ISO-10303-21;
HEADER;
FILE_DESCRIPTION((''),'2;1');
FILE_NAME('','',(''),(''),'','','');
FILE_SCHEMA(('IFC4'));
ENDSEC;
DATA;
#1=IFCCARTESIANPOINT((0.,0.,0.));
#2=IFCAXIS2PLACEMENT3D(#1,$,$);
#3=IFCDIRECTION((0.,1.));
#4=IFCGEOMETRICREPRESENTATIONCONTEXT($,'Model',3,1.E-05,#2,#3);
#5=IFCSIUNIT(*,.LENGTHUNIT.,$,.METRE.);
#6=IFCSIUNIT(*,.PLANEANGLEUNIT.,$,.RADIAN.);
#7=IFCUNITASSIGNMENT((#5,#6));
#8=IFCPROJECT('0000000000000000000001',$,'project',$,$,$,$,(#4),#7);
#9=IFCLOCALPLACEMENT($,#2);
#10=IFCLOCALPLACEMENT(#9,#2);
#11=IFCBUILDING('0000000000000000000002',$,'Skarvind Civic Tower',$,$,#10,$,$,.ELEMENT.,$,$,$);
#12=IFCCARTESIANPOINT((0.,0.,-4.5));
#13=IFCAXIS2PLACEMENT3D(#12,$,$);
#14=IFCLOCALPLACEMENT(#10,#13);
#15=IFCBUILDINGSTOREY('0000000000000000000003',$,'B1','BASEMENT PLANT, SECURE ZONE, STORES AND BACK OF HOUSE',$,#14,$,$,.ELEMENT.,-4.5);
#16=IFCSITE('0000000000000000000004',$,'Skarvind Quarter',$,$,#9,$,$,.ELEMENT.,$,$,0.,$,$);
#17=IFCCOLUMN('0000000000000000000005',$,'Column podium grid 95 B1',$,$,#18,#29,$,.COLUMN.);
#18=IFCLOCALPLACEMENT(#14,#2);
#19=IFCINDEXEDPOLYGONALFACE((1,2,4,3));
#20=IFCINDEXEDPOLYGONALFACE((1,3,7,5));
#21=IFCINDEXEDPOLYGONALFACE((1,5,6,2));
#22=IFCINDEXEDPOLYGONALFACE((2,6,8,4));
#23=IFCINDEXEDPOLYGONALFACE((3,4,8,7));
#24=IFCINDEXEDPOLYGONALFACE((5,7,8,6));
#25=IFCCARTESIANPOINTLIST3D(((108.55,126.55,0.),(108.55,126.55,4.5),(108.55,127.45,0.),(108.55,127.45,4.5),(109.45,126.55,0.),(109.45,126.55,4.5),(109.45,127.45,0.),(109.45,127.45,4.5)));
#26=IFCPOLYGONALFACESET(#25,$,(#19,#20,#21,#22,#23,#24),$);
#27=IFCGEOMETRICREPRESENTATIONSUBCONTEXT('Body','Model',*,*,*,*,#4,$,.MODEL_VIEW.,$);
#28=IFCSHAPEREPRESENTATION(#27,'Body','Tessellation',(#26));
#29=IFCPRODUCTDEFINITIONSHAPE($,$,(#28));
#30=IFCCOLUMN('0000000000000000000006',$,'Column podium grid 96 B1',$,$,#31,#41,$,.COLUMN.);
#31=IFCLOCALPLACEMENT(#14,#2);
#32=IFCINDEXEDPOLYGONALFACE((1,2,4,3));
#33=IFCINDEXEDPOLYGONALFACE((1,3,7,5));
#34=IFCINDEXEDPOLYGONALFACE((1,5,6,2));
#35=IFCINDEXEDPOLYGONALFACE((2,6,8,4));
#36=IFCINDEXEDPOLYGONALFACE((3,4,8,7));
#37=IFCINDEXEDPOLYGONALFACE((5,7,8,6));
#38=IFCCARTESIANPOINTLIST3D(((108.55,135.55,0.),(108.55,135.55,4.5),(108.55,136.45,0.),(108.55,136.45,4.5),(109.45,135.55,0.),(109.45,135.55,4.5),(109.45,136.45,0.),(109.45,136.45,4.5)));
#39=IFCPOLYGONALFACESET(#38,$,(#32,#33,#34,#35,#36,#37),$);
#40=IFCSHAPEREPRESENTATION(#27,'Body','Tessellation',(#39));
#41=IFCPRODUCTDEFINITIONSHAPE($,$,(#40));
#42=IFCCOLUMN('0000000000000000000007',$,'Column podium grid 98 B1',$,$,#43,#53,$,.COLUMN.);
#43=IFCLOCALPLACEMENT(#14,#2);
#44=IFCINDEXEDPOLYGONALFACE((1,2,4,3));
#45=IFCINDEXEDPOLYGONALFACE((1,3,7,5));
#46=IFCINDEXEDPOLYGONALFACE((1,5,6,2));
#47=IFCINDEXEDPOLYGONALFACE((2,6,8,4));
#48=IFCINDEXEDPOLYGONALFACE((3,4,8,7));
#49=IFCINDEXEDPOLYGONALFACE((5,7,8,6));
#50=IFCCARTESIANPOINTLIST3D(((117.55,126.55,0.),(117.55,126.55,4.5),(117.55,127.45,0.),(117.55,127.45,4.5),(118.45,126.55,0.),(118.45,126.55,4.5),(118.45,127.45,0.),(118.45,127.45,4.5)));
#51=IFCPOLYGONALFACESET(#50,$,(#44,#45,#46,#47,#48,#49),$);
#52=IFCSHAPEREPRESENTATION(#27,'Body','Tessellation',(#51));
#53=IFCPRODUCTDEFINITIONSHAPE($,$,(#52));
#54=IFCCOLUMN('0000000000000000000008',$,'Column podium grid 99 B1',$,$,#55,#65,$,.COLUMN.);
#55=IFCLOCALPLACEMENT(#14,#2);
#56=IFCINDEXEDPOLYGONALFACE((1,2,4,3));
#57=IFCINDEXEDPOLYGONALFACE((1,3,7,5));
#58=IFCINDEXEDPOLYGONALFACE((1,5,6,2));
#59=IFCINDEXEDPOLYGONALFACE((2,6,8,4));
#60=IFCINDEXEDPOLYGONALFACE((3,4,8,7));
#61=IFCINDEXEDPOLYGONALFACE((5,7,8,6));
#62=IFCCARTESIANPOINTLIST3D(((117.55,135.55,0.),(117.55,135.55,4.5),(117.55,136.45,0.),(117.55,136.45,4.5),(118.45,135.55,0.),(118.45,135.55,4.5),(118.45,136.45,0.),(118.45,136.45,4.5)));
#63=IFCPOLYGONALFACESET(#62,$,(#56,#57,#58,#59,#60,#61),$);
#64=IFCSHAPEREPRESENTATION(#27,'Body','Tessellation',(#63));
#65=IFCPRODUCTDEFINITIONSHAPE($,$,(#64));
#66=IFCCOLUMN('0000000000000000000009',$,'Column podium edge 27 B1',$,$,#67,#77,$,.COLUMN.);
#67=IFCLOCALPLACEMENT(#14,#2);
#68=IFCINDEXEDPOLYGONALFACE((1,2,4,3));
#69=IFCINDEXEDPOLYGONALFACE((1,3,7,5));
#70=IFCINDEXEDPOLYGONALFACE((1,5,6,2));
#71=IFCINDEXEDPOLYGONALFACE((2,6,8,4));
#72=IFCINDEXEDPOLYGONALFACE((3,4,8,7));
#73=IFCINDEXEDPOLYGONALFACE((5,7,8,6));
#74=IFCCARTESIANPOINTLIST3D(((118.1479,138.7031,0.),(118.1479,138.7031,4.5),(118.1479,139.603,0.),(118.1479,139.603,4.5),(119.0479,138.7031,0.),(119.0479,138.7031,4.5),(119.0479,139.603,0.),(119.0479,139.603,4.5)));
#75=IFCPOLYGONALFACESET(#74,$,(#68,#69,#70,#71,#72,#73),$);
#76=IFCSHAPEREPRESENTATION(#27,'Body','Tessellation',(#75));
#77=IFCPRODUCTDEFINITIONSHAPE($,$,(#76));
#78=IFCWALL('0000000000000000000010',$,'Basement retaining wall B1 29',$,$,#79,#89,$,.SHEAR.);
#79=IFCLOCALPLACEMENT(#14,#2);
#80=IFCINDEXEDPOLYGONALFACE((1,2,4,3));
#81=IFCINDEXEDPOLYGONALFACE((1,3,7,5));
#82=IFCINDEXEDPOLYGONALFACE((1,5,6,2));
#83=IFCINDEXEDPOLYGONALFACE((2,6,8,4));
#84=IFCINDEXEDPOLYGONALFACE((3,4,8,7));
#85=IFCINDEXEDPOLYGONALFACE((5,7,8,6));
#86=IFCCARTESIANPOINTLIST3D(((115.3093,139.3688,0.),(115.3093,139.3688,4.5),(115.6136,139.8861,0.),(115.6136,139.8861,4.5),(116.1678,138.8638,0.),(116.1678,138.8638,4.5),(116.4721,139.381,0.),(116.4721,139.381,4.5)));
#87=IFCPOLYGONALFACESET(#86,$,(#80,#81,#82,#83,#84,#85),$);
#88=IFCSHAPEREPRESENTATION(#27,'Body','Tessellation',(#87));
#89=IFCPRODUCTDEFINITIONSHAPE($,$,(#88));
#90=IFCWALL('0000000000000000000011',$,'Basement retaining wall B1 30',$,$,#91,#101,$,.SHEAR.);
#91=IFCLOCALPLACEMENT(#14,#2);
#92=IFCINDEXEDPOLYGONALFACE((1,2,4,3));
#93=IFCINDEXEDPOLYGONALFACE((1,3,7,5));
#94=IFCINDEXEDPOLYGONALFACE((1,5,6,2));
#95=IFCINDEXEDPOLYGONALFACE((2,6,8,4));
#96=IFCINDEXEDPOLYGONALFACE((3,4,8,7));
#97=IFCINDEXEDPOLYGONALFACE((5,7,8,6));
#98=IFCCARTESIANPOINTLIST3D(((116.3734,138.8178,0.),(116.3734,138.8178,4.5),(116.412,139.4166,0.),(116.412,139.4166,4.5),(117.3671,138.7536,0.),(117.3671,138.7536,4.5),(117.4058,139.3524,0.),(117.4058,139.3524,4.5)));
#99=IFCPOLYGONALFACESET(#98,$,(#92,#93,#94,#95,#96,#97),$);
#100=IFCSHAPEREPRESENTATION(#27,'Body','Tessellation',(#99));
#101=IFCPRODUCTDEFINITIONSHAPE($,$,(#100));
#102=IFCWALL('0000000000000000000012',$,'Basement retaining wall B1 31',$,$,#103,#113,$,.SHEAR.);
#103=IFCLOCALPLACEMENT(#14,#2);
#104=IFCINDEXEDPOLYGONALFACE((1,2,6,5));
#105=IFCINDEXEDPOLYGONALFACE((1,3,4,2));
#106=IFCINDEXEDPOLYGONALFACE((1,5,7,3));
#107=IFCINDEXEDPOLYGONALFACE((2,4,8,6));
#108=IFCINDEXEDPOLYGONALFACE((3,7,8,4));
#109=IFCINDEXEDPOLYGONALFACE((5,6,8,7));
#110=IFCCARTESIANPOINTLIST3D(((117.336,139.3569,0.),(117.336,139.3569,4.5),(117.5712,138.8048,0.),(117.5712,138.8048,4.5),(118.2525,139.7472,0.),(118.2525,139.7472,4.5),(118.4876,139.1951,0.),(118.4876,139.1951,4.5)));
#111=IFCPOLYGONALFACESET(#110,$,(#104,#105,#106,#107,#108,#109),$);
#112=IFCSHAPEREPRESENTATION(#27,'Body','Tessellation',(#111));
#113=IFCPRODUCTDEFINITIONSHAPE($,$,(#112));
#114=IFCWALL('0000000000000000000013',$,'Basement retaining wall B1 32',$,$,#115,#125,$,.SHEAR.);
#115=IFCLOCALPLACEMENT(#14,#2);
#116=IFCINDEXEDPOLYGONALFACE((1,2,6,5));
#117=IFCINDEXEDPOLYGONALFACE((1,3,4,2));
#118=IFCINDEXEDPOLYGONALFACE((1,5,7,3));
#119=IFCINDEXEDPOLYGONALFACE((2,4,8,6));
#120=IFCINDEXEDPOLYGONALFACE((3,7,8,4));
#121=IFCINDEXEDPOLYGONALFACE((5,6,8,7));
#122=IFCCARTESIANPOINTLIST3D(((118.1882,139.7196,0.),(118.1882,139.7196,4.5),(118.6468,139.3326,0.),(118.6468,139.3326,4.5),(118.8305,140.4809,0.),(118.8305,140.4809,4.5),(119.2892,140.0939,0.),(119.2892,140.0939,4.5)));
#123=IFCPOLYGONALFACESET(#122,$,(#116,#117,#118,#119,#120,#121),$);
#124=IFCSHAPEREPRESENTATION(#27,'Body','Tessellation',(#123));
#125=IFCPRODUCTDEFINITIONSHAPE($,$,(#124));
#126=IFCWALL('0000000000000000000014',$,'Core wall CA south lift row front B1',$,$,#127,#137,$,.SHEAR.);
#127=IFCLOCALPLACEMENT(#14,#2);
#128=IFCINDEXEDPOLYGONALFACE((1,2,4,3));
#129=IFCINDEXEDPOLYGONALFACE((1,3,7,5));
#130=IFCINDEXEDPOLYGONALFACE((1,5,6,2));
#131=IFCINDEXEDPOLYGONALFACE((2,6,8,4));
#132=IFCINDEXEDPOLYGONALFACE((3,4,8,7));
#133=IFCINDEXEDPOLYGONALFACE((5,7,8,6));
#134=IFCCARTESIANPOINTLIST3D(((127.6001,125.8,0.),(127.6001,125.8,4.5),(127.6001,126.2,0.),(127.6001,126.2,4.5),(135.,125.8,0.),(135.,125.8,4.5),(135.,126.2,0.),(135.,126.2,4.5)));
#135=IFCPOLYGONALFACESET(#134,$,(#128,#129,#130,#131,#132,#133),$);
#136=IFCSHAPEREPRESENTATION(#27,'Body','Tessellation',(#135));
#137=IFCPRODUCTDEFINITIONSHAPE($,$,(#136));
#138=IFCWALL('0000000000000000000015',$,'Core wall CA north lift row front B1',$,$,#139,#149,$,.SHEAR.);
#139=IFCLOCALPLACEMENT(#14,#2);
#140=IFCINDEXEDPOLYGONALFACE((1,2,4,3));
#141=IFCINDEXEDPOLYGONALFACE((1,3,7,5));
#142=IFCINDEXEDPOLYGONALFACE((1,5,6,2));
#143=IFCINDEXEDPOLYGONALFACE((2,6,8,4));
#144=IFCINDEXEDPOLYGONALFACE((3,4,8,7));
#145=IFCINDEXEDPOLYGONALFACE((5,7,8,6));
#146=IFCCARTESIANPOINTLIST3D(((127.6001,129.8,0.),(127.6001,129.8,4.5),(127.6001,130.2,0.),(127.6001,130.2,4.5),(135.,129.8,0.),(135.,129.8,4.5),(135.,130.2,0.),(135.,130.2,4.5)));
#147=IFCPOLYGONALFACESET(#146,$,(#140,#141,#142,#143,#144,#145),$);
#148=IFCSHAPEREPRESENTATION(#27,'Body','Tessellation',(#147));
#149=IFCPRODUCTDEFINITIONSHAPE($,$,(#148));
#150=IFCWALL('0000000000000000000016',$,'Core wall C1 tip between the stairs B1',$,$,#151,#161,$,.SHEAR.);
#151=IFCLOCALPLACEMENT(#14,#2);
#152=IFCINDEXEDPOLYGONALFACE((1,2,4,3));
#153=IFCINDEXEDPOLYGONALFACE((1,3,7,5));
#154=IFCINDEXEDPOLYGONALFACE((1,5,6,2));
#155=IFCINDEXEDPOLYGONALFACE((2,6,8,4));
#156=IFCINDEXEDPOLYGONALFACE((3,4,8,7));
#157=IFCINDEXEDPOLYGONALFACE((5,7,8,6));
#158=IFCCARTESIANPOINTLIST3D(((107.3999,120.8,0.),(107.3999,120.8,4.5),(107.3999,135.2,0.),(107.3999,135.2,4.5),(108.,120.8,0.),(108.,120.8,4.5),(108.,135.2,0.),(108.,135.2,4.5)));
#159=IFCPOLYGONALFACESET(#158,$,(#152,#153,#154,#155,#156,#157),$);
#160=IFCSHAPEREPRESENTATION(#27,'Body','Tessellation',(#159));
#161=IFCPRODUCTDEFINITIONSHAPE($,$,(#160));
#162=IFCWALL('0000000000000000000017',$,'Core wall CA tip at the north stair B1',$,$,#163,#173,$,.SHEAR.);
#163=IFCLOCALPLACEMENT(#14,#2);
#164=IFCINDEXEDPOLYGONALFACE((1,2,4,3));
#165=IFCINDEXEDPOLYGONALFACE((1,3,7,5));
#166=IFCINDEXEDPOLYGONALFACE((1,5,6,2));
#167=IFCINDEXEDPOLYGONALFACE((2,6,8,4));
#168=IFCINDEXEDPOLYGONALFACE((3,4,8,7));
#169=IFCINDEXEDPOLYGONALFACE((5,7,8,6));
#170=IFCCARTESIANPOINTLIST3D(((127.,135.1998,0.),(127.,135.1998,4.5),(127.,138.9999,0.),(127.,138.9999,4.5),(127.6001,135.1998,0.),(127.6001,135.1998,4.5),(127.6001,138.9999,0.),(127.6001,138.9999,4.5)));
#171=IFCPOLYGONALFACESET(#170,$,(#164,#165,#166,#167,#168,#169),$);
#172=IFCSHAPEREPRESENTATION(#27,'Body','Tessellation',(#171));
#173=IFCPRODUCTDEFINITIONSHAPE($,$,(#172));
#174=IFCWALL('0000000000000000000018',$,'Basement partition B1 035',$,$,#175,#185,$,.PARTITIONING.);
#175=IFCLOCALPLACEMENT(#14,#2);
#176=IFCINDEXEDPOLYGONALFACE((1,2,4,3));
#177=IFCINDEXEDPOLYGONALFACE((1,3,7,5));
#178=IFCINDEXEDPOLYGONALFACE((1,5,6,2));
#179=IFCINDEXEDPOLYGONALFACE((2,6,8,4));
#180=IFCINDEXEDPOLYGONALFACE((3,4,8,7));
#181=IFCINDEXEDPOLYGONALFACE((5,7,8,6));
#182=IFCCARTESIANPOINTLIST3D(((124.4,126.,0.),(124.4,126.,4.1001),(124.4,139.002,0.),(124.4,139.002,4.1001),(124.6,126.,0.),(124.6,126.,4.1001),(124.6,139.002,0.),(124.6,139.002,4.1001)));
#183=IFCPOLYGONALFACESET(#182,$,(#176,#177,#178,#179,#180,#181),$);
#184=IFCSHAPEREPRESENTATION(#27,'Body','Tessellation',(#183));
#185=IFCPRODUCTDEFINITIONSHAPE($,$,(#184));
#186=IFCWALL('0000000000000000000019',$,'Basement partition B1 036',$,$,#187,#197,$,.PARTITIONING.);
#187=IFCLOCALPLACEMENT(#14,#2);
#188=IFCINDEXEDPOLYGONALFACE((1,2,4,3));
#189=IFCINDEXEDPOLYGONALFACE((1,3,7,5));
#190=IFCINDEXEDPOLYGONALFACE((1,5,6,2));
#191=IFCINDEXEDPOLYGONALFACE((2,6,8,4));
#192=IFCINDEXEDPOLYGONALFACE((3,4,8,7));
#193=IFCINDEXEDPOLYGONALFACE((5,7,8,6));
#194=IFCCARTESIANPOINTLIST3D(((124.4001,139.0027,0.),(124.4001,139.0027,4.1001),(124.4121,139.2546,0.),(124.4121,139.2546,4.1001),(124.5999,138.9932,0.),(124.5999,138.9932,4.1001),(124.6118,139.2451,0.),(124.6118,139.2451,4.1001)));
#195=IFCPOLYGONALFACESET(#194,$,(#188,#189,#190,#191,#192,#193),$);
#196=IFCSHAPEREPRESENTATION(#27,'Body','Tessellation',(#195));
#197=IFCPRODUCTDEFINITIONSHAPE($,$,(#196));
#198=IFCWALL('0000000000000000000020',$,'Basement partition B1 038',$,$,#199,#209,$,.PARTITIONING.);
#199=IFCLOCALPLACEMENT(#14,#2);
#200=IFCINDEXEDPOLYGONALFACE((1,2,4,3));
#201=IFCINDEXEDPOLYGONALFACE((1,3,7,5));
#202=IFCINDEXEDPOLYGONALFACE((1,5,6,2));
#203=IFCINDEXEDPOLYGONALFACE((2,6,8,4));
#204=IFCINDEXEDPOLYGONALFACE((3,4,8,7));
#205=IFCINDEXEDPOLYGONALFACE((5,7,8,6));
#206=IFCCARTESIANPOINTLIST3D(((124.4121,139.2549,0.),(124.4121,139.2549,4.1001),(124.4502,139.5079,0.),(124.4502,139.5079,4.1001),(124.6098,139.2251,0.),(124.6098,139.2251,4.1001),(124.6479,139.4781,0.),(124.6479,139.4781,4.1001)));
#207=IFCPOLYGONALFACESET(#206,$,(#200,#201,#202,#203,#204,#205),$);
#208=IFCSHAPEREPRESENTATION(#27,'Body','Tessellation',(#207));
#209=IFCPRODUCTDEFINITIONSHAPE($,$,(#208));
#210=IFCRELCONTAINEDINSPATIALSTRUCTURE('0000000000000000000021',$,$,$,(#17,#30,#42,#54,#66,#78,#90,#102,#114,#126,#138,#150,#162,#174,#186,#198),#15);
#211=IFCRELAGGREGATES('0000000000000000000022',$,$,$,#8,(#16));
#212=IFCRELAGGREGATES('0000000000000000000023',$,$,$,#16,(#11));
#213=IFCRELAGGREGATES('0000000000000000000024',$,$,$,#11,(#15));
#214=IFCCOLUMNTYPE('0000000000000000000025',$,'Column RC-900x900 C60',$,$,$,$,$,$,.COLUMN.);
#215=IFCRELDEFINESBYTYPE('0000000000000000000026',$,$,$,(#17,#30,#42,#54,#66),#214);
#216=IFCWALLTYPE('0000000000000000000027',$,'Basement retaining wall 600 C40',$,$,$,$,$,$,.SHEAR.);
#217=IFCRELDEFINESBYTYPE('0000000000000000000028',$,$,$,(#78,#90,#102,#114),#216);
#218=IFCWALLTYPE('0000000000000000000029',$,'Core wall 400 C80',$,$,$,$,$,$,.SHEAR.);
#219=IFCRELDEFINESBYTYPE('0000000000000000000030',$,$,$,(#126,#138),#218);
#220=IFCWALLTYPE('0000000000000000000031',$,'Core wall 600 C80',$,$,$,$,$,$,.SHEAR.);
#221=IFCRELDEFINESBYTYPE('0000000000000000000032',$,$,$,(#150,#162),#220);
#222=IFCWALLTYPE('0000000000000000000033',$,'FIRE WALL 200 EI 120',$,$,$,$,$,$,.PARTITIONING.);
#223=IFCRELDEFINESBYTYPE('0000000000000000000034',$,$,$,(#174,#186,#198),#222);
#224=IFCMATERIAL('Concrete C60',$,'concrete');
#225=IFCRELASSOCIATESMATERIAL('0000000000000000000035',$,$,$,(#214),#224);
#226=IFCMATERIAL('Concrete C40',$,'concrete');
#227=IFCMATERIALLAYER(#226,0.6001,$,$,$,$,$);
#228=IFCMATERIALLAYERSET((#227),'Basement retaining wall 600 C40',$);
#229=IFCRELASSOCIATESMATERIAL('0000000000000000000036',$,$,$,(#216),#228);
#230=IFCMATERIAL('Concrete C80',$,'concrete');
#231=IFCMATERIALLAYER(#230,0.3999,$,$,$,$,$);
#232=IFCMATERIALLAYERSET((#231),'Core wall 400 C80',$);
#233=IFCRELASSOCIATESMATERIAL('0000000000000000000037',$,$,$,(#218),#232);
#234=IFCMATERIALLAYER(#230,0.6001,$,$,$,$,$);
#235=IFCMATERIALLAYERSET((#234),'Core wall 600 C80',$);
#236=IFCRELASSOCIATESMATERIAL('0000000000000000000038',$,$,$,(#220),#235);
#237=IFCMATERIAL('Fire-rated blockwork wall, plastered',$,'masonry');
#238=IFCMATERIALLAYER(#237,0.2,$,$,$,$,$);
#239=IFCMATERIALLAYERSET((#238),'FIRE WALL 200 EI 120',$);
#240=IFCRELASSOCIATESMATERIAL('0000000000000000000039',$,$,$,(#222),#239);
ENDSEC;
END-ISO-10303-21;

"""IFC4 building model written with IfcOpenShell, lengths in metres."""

from ifc_helpers import new_model, si_unit, direction, frame, frame_2d, origin, origin_2d, place, context, subcontext, project, spatial, rectangle, extrude, material, layer, layer_set, material_profile, profile_set, type_object, element, save


model = new_model("IFC4")

# Units and contexts
model_context = context("Model", 3, precision=1e-05, world=origin(), true_north=direction((0.0, 1.0)))
body_context = subcontext(model_context, "Body", "Model", "MODEL_VIEW")
ifc_project = project(units=[si_unit("LENGTHUNIT", "METRE"), si_unit("PLANEANGLEUNIT", "RADIAN")], contexts=[model_context])

# Site, building, storey
site_placement = place(None, origin())
site = spatial("IfcSite", under=ifc_project, at=site_placement, Name="Skarvind Quarter", CompositionType="ELEMENT", RefElevation=0.0)
building_placement = place(site_placement, origin())
building = spatial("IfcBuilding", under=site, at=building_placement, Name="Skarvind Civic Tower", CompositionType="ELEMENT")
storey_placement = place(building_placement, frame((0.0, 0.0, -4.5)))
storey = spatial("IfcBuildingStorey", under=building, at=storey_placement, Name="B1", Description="BASEMENT PLANT, SECURE ZONE, STORES AND BACK OF HOUSE", CompositionType="ELEMENT", Elevation=-4.5)

# Columns
ifc_material_1 = material(Name="Concrete C60", Category="concrete")
ifc_material_profile = material_profile(ifc_material_1, rectangle(XDim=0.8999, YDim=0.8999, at=origin_2d()), Name="RC-900x900")
ifc_profile_set = profile_set([ifc_material_profile], Name="Concrete C60")
column_type = type_object("IfcColumnType", Name="Column RC-900x900 C60", PredefinedType="COLUMN", material=ifc_profile_set)
for number, where, z_axis, x_axis, name in (
    (1, (109.0, 127.0, 0.0), (0.0, 0.0, 1.0), (1.0, 0.0, 0.0), "Column podium grid 95 B1"),
    (2, (109.0, 136.0, 0.0), (0.0, 0.0, 1.0), (1.0, 0.0, 0.0), "Column podium grid 96 B1"),
    (3, (118.0, 127.0, 0.0), (0.0, 0.0, 1.0), (1.0, 0.0, 0.0), "Column podium grid 98 B1"),
    (4, (118.0, 136.0, 0.0), (0.0, 0.0, 1.0), (1.0, 0.0, 0.0), "Column podium grid 99 B1"),
    (5, (118.5979, 139.1531, 0.0), (0.0, 0.0, 1.0), (1.0, 0.0, 0.0), "Column podium edge 27 B1"),
):
    element("IfcColumn", number, at=place(storey_placement, frame(where, z_axis=z_axis, x_axis=x_axis)), inside=storey, type_object=column_type, Name=name, PredefinedType="COLUMN", context=body_context, shape_type="SweptSolid", body=[
        extrude(rectangle(XDim=0.8999, YDim=0.8999, at=origin_2d()), origin(), (0.0, 0.0, 1.0), 4.5),
    ])

# Walls
ifc_material_2 = material(Name="Concrete C40", Category="concrete")
ifc_layer_1 = layer(ifc_material_2, 0.6001)
ifc_layer_set_1 = layer_set([ifc_layer_1], Name="Basement retaining wall 600 C40")
wall_type_1 = type_object("IfcWallType", Name="Basement retaining wall 600 C40", PredefinedType="SHEAR", material=ifc_layer_set_1)
wall_1_placement = place(storey_placement, frame((115.4614, 139.6274, 0.0), z_axis=(0.0, 0.0, 1.0), x_axis=(0.861915, -0.507052, 0.0)))
element("IfcWall", 6, at=wall_1_placement, inside=storey, type_object=wall_type_1, Name="Basement retaining wall B1 29", PredefinedType="SHEAR", context=body_context, shape_type="SweptSolid", body=[
    extrude(rectangle(XDim=0.9961, YDim=0.6001, at=frame_2d((0.498, 0.0))), origin(), (0.0, 0.0, 1.0), 4.5),
])
wall_2_placement = place(storey_placement, frame((116.3926, 139.1172, 0.0), z_axis=(0.0, 0.0, 1.0), x_axis=(0.99792, -0.064469, 0.0)))
element("IfcWall", 7, at=wall_2_placement, inside=storey, type_object=wall_type_1, Name="Basement retaining wall B1 30", PredefinedType="SHEAR", context=body_context, shape_type="SweptSolid", body=[
    extrude(rectangle(XDim=0.9958, YDim=0.6001, at=frame_2d((0.498, 0.0))), origin(), (0.0, 0.0, 1.0), 4.5),
])
for number, where, z_axis, x_axis, name in (
    (8, (117.4536, 139.0808, 0.0), (0.0, 0.0, 1.0), (0.920017, 0.391877, 0.0), "Basement retaining wall B1 31"),
    (9, (118.4175, 139.5261, 0.0), (0.0, 0.0, 1.0), (0.644898, 0.764269, 0.0), "Basement retaining wall B1 32"),
):
    element("IfcWall", number, at=place(storey_placement, frame(where, z_axis=z_axis, x_axis=x_axis)), inside=storey, type_object=wall_type_1, Name=name, PredefinedType="SHEAR", context=body_context, shape_type="SweptSolid", body=[
        extrude(rectangle(XDim=0.9961, YDim=0.6001, at=frame_2d((0.498, 0.0))), origin(), (0.0, 0.0, 1.0), 4.5),
    ])
ifc_material_3 = material(Name="Concrete C80", Category="concrete")
ifc_layer_2 = layer(ifc_material_3, 0.3999)
ifc_layer_set_2 = layer_set([ifc_layer_2], Name="Core wall 400 C80")
wall_type_2 = type_object("IfcWallType", Name="Core wall 400 C80", PredefinedType="SHEAR", material=ifc_layer_set_2)
for number, where, z_axis, x_axis, name in (
    (10, (127.6001, 126.0, 0.0), (0.0, 0.0, 1.0), (1.0, 0.0, 0.0), "Core wall CA south lift row front B1"),
    (11, (127.6001, 130.0, 0.0), (0.0, 0.0, 1.0), (1.0, 0.0, 0.0), "Core wall CA north lift row front B1"),
):
    element("IfcWall", number, at=place(storey_placement, frame(where, z_axis=z_axis, x_axis=x_axis)), inside=storey, type_object=wall_type_2, Name=name, PredefinedType="SHEAR", context=body_context, shape_type="SweptSolid", body=[
        extrude(rectangle(XDim=7.3999, YDim=0.3999, at=frame_2d((3.7, 0.0))), origin(), (0.0, 0.0, 1.0), 4.5),
    ])
ifc_layer_3 = layer(ifc_material_3, 0.6001)
ifc_layer_set_3 = layer_set([ifc_layer_3], Name="Core wall 600 C80")
wall_type_3 = type_object("IfcWallType", Name="Core wall 600 C80", PredefinedType="SHEAR", material=ifc_layer_set_3)
wall_3_placement = place(storey_placement, frame((107.7, 135.2, 0.0), z_axis=(0.0, 0.0, 1.0), x_axis=(0.0, -1.0, 0.0)))
element("IfcWall", 12, at=wall_3_placement, inside=storey, type_object=wall_type_3, Name="Core wall C1 tip between the stairs B1", PredefinedType="SHEAR", context=body_context, shape_type="SweptSolid", body=[
    extrude(rectangle(XDim=14.3999, YDim=0.6001, at=frame_2d((7.2, 0.0))), origin(), (0.0, 0.0, 1.0), 4.5),
])
wall_4_placement = place(storey_placement, frame((127.3, 135.2, 0.0), z_axis=(0.0, 0.0, 1.0), x_axis=(0.0, 1.0, 0.0)))
element("IfcWall", 13, at=wall_4_placement, inside=storey, type_object=wall_type_3, Name="Core wall CA tip at the north stair B1", PredefinedType="SHEAR", context=body_context, shape_type="SweptSolid", body=[
    extrude(rectangle(XDim=3.8, YDim=0.6001, at=frame_2d((1.8999, 0.0))), origin(), (0.0, 0.0, 1.0), 4.5),
])
ifc_material_4 = material(Name="Fire-rated blockwork wall, plastered", Category="masonry")
ifc_layer_4 = layer(ifc_material_4, 0.2)
ifc_layer_set_4 = layer_set([ifc_layer_4], Name="FIRE WALL 200 EI 120")
wall_type_4 = type_object("IfcWallType", Name="FIRE WALL 200 EI 120", PredefinedType="PARTITIONING", material=ifc_layer_set_4)
wall_5_placement = place(storey_placement, frame((124.5, 126.0, 0.0), z_axis=(0.0, 0.0, 1.0), x_axis=(0.0, 1.0, 0.0)))
element("IfcWall", 14, at=wall_5_placement, inside=storey, type_object=wall_type_4, Name="Basement partition B1 035", PredefinedType="PARTITIONING", context=body_context, shape_type="SweptSolid", body=[
    extrude(rectangle(XDim=13.002, YDim=0.2, at=frame_2d((6.501, 0.0))), origin(), (0.0, 0.0, 1.0), 4.1001),
])
wall_6_placement = place(storey_placement, frame((124.5, 138.998, 0.0), z_axis=(0.0, 0.0, 1.0), x_axis=(0.047427, 0.998875, 0.0)))
element("IfcWall", 15, at=wall_6_placement, inside=storey, type_object=wall_type_4, Name="Basement partition B1 036", PredefinedType="PARTITIONING", context=body_context, shape_type="SweptSolid", body=[
    extrude(rectangle(XDim=0.2522, YDim=0.2, at=frame_2d((0.126, 0.0))), origin(), (0.0, 0.0, 1.0), 4.1001),
])
wall_7_placement = place(storey_placement, frame((124.511, 139.24, 0.0), z_axis=(0.0, 0.0, 1.0), x_axis=(0.148901, 0.988852, 0.0)))
element("IfcWall", 16, at=wall_7_placement, inside=storey, type_object=wall_type_4, Name="Basement partition B1 038", PredefinedType="PARTITIONING", context=body_context, shape_type="SweptSolid", body=[
    extrude(rectangle(XDim=0.2559, YDim=0.2, at=frame_2d((0.1279, 0.0))), origin(), (0.0, 0.0, 1.0), 4.1001),
])

save(model, "model.ifc")
